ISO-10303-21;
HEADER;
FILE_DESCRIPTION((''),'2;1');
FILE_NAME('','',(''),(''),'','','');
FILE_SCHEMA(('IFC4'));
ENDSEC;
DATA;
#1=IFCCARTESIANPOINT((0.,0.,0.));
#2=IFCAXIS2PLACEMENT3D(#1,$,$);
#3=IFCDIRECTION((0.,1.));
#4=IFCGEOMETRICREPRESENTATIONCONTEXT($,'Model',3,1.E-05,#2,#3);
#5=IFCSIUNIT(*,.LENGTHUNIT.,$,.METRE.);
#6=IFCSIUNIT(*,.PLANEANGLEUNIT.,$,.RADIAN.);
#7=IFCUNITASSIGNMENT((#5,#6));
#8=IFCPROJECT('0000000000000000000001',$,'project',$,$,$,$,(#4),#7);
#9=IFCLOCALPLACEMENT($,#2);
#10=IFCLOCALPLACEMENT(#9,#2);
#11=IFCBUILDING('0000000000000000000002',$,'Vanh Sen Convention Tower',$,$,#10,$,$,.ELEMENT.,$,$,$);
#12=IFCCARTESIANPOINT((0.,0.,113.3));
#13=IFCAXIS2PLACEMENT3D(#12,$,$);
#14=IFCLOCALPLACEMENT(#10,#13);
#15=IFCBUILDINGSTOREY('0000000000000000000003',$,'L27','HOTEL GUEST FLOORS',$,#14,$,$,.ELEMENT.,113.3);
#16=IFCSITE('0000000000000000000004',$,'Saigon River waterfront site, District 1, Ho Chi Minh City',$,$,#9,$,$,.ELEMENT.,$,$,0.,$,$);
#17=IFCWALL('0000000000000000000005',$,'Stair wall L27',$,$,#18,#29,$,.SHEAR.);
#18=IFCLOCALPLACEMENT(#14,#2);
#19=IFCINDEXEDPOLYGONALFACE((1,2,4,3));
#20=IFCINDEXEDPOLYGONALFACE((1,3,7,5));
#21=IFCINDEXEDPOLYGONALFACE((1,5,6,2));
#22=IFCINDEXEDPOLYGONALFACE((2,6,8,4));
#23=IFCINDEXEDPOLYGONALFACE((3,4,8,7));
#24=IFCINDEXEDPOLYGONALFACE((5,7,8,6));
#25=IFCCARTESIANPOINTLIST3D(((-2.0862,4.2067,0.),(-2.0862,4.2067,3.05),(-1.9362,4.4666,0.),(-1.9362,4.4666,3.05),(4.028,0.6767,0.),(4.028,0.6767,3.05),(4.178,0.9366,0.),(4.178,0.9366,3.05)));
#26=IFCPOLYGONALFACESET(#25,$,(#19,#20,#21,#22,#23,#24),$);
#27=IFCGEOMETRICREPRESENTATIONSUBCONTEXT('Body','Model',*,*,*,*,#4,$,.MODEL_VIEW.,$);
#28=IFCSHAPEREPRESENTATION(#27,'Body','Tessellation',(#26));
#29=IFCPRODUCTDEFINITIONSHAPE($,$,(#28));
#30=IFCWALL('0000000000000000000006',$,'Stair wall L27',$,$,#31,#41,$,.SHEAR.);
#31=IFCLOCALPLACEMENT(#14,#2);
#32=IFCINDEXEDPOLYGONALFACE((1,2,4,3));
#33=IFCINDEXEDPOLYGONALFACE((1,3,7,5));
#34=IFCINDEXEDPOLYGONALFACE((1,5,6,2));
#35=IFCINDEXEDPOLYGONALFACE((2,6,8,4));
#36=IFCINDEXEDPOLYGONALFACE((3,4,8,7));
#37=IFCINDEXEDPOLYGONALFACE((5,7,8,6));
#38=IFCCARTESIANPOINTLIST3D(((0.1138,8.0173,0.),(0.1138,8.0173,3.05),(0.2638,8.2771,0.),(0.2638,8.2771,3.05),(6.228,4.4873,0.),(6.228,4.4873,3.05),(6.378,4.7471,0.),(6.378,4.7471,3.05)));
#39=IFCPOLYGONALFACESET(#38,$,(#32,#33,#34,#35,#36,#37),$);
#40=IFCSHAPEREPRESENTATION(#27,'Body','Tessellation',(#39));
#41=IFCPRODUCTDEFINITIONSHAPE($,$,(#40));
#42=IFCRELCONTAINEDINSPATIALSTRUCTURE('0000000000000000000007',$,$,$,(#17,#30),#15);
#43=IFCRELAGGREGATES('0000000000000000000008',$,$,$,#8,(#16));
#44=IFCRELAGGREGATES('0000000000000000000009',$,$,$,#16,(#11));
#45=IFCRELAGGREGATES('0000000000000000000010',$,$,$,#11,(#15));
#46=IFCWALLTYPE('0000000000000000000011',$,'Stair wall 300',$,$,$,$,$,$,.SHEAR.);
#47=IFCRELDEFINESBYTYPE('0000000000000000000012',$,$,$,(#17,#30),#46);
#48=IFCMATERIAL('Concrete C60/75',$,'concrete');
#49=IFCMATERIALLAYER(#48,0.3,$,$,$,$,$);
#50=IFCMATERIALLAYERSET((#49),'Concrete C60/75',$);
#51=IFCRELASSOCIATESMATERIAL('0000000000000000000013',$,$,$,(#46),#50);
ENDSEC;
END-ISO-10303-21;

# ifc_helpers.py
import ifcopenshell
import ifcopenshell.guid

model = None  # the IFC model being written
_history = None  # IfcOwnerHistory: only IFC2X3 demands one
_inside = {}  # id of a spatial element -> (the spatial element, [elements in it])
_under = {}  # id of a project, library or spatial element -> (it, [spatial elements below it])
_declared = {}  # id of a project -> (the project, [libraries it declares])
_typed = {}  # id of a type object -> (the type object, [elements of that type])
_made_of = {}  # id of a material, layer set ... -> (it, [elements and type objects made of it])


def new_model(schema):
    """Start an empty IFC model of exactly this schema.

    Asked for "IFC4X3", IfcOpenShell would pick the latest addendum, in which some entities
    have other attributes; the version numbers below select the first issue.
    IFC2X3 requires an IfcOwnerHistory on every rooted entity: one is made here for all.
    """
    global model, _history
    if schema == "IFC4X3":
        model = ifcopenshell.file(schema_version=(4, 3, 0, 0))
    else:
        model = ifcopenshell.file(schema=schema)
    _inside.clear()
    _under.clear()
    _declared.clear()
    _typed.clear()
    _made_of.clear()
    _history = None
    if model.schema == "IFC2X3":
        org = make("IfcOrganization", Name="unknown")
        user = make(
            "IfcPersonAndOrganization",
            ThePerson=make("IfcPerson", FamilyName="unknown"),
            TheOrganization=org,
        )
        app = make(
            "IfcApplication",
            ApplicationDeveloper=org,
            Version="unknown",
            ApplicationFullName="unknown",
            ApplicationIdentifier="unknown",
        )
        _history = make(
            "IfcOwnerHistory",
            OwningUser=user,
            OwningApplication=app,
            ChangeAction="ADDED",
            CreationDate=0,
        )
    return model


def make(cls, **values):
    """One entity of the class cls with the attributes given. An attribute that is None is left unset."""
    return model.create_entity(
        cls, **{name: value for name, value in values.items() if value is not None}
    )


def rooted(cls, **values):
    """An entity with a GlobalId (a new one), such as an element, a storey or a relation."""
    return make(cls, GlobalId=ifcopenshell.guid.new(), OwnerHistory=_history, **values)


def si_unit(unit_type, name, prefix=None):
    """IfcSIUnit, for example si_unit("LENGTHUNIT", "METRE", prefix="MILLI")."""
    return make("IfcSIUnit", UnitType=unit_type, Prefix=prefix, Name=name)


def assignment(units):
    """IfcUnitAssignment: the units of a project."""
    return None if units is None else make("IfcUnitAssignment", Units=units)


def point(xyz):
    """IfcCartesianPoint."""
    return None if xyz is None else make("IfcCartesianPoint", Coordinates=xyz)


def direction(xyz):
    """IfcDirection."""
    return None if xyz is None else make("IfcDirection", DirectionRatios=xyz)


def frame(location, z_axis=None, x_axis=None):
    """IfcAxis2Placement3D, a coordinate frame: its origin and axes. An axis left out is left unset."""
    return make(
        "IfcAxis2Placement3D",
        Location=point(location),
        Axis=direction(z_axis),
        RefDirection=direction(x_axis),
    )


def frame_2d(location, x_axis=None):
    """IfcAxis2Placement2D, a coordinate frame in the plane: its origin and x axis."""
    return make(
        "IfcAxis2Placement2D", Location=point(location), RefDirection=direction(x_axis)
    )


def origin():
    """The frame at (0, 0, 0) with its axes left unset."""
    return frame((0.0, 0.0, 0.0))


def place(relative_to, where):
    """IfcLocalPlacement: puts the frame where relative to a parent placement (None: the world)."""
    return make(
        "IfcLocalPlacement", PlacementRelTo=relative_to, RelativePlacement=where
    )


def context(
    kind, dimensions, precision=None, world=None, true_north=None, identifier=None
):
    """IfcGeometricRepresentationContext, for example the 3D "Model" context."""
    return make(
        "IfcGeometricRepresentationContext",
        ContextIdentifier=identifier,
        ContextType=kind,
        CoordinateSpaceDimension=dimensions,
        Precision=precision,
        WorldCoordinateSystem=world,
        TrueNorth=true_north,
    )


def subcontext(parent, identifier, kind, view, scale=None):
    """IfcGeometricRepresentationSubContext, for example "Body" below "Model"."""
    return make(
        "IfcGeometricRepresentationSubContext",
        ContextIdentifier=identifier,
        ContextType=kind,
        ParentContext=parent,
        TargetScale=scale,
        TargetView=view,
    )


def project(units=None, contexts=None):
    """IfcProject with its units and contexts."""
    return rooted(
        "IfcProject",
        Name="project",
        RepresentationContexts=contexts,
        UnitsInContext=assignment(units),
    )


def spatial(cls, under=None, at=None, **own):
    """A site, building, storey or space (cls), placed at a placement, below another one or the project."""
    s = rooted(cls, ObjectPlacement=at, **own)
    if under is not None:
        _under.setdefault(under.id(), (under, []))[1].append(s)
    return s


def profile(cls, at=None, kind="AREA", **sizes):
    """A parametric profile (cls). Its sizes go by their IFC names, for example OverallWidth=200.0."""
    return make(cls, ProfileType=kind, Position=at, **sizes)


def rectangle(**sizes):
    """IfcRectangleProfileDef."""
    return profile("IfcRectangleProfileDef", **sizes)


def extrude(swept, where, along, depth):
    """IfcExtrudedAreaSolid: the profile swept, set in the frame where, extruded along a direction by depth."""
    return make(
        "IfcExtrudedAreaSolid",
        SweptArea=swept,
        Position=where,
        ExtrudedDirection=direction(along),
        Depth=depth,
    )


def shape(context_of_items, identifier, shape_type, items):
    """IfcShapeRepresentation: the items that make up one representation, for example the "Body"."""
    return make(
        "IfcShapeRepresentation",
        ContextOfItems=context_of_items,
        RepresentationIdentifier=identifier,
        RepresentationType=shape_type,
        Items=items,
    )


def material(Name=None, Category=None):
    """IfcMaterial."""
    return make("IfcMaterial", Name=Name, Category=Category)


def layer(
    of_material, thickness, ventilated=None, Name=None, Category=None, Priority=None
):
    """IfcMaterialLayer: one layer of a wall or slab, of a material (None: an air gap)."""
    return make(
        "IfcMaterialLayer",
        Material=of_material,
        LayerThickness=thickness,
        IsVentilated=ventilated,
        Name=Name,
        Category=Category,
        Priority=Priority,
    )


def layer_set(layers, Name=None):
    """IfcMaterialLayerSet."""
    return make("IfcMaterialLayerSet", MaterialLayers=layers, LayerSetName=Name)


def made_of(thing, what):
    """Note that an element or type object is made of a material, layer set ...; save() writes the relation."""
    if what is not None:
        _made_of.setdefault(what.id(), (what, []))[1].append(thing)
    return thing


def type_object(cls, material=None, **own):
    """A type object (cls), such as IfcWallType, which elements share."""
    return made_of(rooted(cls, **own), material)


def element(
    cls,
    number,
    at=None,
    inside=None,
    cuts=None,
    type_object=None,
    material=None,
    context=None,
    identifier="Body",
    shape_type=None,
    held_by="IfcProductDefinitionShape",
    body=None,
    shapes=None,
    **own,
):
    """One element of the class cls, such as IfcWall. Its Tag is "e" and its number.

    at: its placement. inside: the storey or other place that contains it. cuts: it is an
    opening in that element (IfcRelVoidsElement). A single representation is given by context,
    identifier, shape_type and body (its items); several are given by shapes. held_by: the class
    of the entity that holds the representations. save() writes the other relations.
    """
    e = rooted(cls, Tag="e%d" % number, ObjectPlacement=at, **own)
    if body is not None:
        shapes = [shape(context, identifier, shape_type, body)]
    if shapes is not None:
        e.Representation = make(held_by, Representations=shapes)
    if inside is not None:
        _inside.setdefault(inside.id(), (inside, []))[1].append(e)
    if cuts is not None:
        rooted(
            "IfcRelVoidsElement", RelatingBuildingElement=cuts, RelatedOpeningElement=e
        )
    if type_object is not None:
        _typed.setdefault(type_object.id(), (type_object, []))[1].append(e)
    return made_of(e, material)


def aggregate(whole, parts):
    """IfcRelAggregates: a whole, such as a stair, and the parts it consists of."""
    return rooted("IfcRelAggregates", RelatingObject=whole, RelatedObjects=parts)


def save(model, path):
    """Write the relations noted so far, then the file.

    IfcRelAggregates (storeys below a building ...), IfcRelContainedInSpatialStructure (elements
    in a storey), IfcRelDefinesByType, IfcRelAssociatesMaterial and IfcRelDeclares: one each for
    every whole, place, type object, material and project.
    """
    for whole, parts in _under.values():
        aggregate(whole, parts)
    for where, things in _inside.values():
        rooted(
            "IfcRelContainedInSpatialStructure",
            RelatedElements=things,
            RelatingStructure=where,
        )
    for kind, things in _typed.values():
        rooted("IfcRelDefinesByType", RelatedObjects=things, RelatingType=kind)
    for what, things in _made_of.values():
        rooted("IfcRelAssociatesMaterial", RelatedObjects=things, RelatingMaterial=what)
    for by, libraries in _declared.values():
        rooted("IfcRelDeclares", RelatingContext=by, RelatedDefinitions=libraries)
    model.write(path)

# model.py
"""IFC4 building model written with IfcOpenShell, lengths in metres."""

from ifc_helpers import new_model, si_unit, direction, frame, frame_2d, origin, place, context, subcontext, project, spatial, rectangle, extrude, material, layer, layer_set, type_object, element, save


model = new_model("IFC4")

# Units and contexts
model_context = context("Model", 3, precision=1e-05, world=origin(), true_north=direction((0.0, 1.0)))
body_context = subcontext(model_context, "Body", "Model", "MODEL_VIEW")
ifc_project = project(units=[si_unit("LENGTHUNIT", "METRE"), si_unit("PLANEANGLEUNIT", "RADIAN")], contexts=[model_context])

# Site, building, storey
site_placement = place(None, origin())
site = spatial("IfcSite", under=ifc_project, at=site_placement, Name="Saigon River waterfront site, District 1, Ho Chi Minh City", CompositionType="ELEMENT", RefElevation=0.0)
building_placement = place(site_placement, origin())
building = spatial("IfcBuilding", under=site, at=building_placement, Name="Vanh Sen Convention Tower", CompositionType="ELEMENT")
storey_placement = place(building_placement, frame((0.0, 0.0, 113.3)))
storey = spatial("IfcBuildingStorey", under=building, at=storey_placement, Name="L27", Description="HOTEL GUEST FLOORS", CompositionType="ELEMENT", Elevation=113.3)

# Shared definitions
ifc_material_1 = material(Name="Concrete C60/75", Category="concrete")

# Walls
ifc_layer_1 = layer(ifc_material_1, 0.3)
ifc_layer_set_1 = layer_set([ifc_layer_1], Name="Concrete C60/75")
wall_type_1 = type_object("IfcWallType", Name="Stair wall 300", PredefinedType="SHEAR", material=ifc_layer_set_1)
for number, where, z_axis, x_axis, name in (
    (1, (4.103, 0.8066, 0.0), (0.0, 0.0, 1.0), (-0.866028, 0.499996, 0.0), "Stair wall L27"),
    (2, (6.303, 4.6172, 0.0), (0.0, 0.0, 1.0), (-0.866028, 0.499996, 0.0), "Stair wall L27"),
):
    element("IfcWall", number, at=place(storey_placement, frame(where, z_axis=z_axis, x_axis=x_axis)), inside=storey, type_object=wall_type_1, Name=name, PredefinedType="SHEAR", context=body_context, shape_type="SweptSolid", body=[
        extrude(rectangle(XDim=7.0601, YDim=0.3, at=frame_2d((3.53, 0.0))), origin(), (0.0, 0.0, 1.0), 3.05),
    ])

save(model, "model.ifc")
